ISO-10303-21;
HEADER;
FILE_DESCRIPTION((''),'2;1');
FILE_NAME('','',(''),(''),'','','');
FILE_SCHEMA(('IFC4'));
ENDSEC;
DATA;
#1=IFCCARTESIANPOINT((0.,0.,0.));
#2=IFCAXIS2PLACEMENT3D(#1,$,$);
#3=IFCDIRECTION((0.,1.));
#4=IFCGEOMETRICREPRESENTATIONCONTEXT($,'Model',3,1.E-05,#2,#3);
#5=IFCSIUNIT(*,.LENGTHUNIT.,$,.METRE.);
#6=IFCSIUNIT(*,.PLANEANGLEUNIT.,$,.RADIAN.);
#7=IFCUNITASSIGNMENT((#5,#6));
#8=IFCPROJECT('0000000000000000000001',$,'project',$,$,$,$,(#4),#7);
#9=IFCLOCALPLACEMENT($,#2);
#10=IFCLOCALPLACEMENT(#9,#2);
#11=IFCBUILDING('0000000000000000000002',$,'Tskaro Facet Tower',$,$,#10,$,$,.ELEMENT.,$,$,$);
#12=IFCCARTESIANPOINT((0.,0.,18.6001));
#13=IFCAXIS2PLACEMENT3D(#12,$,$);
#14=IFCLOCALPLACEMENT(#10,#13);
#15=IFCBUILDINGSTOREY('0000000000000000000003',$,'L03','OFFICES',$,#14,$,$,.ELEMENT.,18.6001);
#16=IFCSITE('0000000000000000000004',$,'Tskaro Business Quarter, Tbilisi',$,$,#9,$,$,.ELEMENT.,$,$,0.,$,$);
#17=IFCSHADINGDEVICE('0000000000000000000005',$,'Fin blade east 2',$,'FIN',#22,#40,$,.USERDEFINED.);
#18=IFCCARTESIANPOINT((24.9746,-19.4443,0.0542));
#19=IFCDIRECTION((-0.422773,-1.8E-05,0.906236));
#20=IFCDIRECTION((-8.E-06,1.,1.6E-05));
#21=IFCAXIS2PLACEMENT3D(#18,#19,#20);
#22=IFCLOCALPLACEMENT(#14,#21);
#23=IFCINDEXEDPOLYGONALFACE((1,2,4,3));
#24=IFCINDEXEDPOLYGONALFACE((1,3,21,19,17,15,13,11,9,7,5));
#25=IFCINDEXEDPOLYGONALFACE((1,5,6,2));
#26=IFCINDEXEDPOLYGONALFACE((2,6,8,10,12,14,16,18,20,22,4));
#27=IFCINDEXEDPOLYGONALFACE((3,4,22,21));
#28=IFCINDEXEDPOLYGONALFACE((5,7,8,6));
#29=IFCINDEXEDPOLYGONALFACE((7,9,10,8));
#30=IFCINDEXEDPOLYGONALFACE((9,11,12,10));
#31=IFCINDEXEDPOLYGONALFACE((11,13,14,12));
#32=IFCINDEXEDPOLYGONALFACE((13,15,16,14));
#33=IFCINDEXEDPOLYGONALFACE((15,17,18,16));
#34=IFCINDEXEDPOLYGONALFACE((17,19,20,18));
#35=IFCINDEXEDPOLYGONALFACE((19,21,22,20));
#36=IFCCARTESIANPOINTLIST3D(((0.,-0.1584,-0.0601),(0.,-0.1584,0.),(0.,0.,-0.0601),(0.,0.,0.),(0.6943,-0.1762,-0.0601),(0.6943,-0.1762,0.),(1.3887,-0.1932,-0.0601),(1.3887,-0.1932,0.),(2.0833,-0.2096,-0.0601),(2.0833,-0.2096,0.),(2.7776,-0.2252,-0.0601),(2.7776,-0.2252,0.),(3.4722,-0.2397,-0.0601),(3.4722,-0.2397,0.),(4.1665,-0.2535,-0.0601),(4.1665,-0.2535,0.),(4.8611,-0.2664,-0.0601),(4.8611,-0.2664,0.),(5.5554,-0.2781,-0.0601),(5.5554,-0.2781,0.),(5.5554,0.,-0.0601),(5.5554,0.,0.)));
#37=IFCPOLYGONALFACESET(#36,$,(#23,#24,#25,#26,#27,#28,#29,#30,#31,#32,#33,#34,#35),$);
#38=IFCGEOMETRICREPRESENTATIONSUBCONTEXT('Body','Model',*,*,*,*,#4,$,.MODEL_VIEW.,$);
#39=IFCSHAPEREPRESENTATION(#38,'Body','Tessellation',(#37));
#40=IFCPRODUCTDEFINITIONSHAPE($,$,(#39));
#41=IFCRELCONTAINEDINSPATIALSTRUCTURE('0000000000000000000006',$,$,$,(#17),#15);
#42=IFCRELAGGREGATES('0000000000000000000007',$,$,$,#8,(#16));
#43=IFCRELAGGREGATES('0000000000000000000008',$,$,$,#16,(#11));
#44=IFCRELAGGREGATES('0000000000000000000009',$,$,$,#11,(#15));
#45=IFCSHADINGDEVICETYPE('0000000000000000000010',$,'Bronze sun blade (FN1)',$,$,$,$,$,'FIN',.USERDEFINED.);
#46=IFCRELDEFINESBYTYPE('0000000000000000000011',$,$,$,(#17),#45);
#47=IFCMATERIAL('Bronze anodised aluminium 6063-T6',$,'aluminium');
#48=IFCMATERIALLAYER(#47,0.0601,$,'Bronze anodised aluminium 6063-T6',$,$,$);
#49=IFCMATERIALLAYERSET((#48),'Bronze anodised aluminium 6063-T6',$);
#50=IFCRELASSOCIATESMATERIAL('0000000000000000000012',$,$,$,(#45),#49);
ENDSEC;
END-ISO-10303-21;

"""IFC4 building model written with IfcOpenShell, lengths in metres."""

from ifc_helpers import new_model, si_unit, direction, frame, origin, place, context, subcontext, project, spatial, polyline, outline, extrude, material, layer, layer_set, type_object, element, save


model = new_model("IFC4")

# Units and contexts
model_context = context("Model", 3, precision=1e-05, world=origin(), true_north=direction((0.0, 1.0)))
body_context = subcontext(model_context, "Body", "Model", "MODEL_VIEW")
ifc_project = project(units=[si_unit("LENGTHUNIT", "METRE"), si_unit("PLANEANGLEUNIT", "RADIAN")], contexts=[model_context])

# Site, building, storey
site_placement = place(None, origin())
site = spatial("IfcSite", under=ifc_project, at=site_placement, Name="Tskaro Business Quarter, Tbilisi", CompositionType="ELEMENT", RefElevation=0.0)
building_placement = place(site_placement, origin())
building = spatial("IfcBuilding", under=site, at=building_placement, Name="Tskaro Facet Tower", CompositionType="ELEMENT")
storey_placement = place(building_placement, frame((0.0, 0.0, 18.6001)))
storey = spatial("IfcBuildingStorey", under=building, at=storey_placement, Name="L03", Description="OFFICES", CompositionType="ELEMENT", Elevation=18.6001)

# Shared definitions
ifc_material_1 = material(Name="Bronze anodised aluminium 6063-T6", Category="aluminium")

# Shading device
ifc_layer_1 = layer(ifc_material_1, 0.0601, Name="Bronze anodised aluminium 6063-T6")
ifc_layer_set_1 = layer_set([ifc_layer_1], Name="Bronze anodised aluminium 6063-T6")
shading_device_type = type_object("IfcShadingDeviceType", Name="Bronze sun blade (FN1)", ElementType="FIN", PredefinedType="USERDEFINED", material=ifc_layer_set_1)
shading_device_1_placement = place(storey_placement, frame((24.9746, -19.4443, 0.0542), z_axis=(-0.422773, -0.000018, 0.906236), x_axis=(-0.000008, 1.0, 0.000016)))
element("IfcShadingDevice", 1, at=shading_device_1_placement, inside=storey, type_object=shading_device_type, Name="Fin blade east 2", ObjectType="FIN", PredefinedType="USERDEFINED", context=body_context, shape_type="SweptSolid", body=[
    extrude(outline(polyline([(0.0, 0.0), (5.5554, 0.0), (5.5554, -0.2781), (4.8611, -0.2664), (4.1665, -0.2535), (3.4722, -0.2397), (2.7776, -0.2252), (2.0833, -0.2096), (1.3887, -0.1932), (0.6943, -0.1762), (0.0, -0.1584), (0.0, 0.0)])), origin(), (0.0, 0.0, -1.0), 0.0601),
])

save(model, "model.ifc")
